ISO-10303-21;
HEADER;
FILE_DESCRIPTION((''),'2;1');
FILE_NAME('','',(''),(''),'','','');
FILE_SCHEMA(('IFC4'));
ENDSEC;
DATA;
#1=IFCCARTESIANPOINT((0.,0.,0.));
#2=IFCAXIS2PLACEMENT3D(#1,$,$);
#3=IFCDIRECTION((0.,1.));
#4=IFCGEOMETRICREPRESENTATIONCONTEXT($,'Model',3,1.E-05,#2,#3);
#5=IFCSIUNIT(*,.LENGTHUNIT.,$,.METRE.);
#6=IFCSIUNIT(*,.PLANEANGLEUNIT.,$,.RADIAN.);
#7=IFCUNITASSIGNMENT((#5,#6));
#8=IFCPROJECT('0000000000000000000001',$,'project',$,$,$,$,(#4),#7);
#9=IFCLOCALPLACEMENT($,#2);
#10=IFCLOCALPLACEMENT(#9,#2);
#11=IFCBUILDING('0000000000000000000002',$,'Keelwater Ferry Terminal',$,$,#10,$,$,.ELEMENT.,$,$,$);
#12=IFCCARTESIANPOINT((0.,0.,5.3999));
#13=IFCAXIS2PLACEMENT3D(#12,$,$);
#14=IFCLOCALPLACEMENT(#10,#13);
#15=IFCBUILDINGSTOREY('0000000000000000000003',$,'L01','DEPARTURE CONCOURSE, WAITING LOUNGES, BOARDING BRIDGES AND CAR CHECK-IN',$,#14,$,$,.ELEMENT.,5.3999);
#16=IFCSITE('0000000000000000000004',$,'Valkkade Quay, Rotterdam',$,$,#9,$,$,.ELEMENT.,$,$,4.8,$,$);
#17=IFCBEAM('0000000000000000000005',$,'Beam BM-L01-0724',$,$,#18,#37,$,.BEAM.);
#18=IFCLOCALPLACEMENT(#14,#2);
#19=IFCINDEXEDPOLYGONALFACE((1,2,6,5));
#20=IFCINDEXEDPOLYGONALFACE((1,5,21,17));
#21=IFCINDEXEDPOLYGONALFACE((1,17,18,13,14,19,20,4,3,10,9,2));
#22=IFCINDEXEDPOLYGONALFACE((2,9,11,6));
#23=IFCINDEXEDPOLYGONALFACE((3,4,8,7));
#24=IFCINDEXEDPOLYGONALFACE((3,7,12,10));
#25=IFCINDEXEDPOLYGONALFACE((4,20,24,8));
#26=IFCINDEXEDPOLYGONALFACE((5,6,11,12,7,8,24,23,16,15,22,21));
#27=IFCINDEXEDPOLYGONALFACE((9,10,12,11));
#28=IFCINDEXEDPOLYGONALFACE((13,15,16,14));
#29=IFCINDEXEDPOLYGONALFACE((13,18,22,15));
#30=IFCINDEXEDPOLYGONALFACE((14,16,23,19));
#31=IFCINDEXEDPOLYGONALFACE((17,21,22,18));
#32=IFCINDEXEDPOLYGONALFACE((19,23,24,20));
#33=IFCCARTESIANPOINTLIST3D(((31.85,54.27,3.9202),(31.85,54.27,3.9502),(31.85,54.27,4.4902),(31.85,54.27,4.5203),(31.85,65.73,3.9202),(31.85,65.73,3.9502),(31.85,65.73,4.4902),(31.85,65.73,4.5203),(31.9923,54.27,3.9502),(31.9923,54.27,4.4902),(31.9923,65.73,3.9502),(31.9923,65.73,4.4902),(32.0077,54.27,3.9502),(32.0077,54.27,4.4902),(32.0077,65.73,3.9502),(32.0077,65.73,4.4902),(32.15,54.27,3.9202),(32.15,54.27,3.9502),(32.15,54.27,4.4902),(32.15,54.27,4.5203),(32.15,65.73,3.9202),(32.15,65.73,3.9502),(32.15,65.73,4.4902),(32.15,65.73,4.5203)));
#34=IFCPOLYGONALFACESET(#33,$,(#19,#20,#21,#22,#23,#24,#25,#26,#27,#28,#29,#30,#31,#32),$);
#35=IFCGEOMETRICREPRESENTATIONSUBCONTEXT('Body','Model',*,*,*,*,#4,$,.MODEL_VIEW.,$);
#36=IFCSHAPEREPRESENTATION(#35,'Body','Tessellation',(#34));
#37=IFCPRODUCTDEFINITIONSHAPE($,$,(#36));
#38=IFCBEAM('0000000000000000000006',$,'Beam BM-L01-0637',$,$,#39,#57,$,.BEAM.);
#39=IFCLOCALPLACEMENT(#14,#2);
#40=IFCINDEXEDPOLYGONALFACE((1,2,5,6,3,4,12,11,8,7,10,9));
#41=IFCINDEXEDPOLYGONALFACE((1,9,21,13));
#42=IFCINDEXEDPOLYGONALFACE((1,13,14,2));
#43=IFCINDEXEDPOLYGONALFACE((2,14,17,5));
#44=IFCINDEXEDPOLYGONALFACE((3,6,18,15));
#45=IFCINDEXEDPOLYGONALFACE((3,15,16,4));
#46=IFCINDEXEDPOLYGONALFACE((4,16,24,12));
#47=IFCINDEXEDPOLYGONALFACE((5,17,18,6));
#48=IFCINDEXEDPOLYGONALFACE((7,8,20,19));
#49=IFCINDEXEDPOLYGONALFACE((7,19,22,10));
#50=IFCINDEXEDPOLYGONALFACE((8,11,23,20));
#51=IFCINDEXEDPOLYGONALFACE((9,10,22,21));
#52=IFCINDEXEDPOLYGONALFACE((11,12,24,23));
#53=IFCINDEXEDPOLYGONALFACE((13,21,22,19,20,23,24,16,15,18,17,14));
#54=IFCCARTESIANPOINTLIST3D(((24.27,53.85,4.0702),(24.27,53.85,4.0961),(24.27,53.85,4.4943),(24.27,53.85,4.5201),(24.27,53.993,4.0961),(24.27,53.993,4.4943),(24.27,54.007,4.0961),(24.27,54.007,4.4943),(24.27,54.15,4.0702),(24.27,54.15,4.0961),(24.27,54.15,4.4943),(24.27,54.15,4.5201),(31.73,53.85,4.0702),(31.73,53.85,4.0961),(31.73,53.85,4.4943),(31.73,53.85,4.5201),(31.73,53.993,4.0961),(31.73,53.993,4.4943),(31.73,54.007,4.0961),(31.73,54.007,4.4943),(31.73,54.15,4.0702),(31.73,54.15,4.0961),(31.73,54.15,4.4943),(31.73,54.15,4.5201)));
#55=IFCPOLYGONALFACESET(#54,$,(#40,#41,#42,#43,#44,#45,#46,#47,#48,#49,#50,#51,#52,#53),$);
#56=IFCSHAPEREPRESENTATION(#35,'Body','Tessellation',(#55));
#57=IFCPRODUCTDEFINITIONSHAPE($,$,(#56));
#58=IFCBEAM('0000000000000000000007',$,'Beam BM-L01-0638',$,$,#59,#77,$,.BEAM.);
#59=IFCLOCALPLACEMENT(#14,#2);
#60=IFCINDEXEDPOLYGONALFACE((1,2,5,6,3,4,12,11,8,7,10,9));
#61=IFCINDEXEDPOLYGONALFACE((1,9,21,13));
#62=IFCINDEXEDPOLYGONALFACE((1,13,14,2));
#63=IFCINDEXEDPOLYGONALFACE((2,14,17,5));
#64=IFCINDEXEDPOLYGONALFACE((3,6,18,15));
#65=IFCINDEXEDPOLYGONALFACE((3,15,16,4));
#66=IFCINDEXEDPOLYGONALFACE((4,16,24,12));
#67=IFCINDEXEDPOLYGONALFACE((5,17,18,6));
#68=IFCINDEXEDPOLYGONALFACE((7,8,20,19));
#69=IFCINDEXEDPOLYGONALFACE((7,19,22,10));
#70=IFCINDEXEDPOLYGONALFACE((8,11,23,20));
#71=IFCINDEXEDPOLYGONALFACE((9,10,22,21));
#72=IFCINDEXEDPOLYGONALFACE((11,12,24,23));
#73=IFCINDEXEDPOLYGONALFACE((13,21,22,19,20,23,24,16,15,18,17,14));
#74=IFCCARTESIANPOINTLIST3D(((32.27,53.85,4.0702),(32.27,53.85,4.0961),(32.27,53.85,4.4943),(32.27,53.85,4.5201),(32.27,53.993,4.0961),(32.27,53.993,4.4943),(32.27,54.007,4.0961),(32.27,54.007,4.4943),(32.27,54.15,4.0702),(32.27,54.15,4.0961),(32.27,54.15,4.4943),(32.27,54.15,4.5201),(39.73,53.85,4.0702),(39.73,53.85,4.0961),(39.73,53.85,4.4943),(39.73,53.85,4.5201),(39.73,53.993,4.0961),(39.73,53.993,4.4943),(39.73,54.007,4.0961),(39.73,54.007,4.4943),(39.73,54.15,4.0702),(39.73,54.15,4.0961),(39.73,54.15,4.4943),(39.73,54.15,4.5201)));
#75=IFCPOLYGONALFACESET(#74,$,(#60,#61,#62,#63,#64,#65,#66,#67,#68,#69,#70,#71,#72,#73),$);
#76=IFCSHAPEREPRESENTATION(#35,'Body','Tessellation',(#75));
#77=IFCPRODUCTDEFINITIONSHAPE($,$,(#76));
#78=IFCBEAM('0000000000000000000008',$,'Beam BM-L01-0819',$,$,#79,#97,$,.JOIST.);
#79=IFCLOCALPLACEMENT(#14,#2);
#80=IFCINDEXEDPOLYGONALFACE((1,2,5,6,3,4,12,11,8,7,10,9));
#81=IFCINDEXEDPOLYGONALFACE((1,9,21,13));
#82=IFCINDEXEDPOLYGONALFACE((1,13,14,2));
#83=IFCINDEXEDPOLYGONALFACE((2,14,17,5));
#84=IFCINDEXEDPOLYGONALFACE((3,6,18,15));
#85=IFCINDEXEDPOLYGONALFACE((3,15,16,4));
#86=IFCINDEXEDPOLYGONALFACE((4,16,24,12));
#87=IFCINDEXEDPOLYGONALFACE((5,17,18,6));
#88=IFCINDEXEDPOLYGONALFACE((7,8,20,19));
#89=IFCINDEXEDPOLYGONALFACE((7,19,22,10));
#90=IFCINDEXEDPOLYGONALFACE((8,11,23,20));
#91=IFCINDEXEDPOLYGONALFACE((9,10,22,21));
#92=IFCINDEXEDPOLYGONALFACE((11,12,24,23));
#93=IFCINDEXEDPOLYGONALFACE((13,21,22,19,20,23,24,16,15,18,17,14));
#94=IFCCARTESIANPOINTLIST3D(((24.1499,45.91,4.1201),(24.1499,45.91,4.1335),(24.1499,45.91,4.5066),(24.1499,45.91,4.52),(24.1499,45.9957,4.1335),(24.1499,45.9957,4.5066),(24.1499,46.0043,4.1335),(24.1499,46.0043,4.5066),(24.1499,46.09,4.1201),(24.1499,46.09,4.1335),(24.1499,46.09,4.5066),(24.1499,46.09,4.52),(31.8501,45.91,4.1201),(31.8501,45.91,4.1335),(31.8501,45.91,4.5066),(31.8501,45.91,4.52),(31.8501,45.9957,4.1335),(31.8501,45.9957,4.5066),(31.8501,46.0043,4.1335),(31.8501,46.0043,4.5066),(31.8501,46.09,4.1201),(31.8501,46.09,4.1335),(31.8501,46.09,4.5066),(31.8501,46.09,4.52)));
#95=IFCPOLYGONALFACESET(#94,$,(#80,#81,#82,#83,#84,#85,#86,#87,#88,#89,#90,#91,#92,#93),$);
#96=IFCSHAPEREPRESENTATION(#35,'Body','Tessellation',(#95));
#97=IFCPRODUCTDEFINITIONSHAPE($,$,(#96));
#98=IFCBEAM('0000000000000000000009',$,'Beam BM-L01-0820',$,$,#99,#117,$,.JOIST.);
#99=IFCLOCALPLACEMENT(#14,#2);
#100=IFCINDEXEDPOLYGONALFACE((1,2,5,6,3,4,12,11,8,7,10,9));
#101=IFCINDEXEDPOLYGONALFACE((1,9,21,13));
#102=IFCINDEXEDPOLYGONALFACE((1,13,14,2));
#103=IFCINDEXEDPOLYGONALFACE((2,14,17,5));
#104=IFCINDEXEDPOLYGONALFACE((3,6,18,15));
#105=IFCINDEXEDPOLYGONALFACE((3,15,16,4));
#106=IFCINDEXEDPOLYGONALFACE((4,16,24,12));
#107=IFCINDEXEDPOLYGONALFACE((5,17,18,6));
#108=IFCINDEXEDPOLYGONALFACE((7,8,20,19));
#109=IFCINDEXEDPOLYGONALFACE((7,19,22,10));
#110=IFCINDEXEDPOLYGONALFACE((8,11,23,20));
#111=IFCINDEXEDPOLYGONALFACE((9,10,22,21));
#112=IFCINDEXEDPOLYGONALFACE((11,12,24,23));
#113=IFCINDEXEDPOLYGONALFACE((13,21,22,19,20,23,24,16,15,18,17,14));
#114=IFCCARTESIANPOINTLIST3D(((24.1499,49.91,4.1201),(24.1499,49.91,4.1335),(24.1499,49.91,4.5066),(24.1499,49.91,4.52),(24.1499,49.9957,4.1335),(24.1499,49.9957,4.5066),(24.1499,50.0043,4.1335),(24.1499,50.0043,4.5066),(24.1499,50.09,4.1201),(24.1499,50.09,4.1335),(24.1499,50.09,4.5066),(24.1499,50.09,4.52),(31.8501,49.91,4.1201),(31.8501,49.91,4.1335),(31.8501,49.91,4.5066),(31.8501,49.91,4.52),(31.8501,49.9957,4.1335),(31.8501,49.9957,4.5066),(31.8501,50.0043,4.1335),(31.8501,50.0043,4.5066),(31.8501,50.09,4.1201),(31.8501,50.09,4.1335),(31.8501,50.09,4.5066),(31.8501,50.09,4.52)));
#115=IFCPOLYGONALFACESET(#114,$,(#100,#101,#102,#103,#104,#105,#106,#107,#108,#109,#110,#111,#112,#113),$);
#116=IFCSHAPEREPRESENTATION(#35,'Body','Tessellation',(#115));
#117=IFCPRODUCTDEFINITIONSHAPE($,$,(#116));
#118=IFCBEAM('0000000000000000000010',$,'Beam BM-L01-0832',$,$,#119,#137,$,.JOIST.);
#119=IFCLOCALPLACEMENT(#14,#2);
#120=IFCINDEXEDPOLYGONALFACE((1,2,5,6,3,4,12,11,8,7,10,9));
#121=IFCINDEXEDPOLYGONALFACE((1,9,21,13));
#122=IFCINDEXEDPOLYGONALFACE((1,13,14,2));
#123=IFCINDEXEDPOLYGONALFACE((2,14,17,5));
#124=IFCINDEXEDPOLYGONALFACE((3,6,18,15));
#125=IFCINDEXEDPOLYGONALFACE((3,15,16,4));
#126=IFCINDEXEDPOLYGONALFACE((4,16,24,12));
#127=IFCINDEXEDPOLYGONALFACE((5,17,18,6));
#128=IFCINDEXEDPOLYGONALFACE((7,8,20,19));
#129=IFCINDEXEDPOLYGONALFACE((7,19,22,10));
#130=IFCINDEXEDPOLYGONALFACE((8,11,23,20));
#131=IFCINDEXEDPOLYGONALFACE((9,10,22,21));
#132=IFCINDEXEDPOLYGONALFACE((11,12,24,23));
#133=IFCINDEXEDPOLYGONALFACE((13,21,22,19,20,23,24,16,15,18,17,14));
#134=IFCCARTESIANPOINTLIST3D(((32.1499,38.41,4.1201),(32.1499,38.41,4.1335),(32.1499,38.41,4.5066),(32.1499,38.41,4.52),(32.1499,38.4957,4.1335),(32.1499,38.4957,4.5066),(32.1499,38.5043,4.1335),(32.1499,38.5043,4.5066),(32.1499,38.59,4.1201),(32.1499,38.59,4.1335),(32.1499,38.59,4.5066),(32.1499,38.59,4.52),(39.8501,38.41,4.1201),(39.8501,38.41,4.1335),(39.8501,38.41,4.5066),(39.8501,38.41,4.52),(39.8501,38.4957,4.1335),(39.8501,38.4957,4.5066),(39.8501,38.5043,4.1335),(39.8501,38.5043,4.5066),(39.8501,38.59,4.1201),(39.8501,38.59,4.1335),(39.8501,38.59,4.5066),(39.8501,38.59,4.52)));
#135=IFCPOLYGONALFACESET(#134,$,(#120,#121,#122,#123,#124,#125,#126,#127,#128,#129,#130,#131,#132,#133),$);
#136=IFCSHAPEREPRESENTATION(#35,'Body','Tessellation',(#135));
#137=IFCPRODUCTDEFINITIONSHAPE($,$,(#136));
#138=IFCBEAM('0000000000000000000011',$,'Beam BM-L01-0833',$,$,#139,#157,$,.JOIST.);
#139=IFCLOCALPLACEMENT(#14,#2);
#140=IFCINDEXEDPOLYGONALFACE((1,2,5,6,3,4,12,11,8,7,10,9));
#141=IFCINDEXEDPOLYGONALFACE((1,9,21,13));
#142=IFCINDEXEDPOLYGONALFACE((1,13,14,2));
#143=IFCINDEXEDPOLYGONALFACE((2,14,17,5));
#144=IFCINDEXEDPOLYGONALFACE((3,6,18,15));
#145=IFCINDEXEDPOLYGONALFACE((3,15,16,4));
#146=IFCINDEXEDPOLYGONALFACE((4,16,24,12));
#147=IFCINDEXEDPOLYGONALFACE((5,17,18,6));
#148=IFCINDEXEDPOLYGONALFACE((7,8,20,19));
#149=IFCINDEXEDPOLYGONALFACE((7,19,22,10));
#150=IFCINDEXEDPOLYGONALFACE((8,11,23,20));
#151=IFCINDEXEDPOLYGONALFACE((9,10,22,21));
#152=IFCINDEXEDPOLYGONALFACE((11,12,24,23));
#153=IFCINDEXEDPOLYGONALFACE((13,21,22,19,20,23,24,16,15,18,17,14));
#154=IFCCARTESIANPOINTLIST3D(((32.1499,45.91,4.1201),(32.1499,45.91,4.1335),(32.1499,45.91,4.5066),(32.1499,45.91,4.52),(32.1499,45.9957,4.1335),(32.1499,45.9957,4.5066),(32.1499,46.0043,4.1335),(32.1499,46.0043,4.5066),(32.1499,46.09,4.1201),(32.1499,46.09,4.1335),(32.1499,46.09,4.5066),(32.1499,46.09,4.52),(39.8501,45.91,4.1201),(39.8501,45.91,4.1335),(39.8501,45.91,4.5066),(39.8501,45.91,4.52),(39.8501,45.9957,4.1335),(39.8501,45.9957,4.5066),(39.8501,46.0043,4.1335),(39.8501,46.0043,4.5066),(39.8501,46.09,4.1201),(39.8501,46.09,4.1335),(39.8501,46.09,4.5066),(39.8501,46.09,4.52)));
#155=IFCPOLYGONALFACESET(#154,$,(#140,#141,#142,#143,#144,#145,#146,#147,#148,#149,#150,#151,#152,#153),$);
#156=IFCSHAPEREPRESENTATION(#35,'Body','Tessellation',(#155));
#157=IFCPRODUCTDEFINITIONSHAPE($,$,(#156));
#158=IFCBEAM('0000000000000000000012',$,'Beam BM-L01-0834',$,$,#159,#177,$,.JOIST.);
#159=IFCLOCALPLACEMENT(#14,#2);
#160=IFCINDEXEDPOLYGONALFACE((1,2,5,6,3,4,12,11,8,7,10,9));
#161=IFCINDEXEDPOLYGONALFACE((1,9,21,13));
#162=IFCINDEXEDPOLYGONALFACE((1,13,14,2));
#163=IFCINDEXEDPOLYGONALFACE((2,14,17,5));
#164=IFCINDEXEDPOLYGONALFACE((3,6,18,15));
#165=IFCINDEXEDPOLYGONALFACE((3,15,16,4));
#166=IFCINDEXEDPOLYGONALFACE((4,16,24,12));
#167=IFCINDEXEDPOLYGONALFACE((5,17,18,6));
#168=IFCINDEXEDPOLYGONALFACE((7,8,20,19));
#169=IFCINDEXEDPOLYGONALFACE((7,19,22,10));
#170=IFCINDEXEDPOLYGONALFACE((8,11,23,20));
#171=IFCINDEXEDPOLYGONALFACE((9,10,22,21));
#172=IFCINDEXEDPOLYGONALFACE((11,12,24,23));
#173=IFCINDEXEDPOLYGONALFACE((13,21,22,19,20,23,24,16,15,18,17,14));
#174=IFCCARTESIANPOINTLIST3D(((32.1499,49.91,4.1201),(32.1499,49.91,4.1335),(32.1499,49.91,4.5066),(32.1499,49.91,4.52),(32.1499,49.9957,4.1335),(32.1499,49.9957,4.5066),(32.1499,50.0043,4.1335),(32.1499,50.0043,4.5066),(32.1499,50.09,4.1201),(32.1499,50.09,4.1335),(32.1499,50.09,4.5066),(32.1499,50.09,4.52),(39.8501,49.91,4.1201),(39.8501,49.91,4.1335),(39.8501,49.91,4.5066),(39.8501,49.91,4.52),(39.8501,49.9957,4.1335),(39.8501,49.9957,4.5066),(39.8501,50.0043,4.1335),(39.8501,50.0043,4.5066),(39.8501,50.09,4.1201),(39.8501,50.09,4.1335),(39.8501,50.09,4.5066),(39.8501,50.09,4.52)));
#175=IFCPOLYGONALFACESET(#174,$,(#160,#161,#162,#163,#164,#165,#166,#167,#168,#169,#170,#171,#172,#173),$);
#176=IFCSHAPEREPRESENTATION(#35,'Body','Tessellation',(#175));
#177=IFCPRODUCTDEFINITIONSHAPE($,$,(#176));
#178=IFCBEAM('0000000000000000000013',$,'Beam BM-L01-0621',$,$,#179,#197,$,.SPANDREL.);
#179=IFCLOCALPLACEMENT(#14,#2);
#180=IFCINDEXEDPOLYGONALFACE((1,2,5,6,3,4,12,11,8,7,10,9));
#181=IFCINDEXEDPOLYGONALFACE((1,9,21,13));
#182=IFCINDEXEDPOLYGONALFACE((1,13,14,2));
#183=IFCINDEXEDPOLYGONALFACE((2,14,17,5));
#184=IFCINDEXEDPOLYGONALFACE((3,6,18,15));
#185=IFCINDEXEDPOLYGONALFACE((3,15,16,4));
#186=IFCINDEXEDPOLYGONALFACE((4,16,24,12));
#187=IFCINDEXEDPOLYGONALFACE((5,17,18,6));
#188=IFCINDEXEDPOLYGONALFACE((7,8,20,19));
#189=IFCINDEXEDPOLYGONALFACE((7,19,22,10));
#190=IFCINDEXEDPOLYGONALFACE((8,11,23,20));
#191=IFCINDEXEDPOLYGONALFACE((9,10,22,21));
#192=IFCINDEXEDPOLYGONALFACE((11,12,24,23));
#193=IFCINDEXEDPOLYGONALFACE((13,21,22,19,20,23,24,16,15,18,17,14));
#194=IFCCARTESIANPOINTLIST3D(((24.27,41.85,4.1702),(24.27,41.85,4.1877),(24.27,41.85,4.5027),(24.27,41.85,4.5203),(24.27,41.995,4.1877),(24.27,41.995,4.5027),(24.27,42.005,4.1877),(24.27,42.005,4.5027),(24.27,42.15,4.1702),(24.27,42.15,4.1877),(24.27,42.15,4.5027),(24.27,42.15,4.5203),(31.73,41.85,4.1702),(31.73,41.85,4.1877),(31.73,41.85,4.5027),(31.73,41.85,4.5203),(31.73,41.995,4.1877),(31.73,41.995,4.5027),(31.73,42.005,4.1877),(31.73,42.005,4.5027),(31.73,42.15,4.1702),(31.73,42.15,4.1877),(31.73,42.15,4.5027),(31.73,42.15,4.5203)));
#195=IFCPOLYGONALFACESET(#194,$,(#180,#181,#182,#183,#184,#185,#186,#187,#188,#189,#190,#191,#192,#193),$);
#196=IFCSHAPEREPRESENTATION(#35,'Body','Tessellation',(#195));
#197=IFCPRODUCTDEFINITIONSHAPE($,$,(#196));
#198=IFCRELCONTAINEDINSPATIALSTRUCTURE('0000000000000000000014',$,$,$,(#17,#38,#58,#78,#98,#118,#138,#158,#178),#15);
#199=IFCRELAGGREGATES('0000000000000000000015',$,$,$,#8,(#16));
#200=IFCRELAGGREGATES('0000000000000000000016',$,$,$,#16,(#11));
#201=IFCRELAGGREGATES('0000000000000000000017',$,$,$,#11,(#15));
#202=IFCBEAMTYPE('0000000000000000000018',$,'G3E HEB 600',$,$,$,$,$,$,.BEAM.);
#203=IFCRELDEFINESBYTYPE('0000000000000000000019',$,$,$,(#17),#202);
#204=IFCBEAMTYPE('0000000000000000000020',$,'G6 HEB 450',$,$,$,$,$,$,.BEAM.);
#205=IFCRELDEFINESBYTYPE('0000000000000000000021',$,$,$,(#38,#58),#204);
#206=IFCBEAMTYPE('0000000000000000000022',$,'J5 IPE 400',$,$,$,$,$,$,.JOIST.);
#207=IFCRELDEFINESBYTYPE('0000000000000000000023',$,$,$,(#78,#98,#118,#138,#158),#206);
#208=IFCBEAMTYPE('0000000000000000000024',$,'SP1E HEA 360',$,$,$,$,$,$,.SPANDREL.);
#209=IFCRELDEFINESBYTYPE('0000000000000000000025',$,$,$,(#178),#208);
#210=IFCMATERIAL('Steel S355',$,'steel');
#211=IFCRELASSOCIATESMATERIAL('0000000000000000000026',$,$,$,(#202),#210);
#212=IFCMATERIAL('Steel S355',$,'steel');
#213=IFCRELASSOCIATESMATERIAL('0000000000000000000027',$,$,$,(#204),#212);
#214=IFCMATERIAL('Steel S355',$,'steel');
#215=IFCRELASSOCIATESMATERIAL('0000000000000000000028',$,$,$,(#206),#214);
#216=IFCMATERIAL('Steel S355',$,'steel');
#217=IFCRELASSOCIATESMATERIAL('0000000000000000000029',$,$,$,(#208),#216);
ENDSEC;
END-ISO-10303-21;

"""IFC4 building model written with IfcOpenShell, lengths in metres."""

from ifc_helpers import new_model, si_unit, direction, frame, origin, origin_2d, place, context, subcontext, project, spatial, i_section, extrude, material, material_profile, profile_set, type_object, element, save


model = new_model("IFC4")

# Units and contexts
model_context = context("Model", 3, precision=1e-05, world=origin(), true_north=direction((0.0, 1.0)))
body_context = subcontext(model_context, "Body", "Model", "MODEL_VIEW")
ifc_project = project(units=[si_unit("LENGTHUNIT", "METRE"), si_unit("PLANEANGLEUNIT", "RADIAN")], contexts=[model_context])

# Site, building, storey
site_placement = place(None, origin())
site = spatial("IfcSite", under=ifc_project, at=site_placement, Name="Valkkade Quay, Rotterdam", CompositionType="ELEMENT", RefElevation=4.8)
building_placement = place(site_placement, origin())
building = spatial("IfcBuilding", under=site, at=building_placement, Name="Keelwater Ferry Terminal", CompositionType="ELEMENT")
storey_placement = place(building_placement, frame((0.0, 0.0, 5.3999)))
storey = spatial("IfcBuildingStorey", under=building, at=storey_placement, Name="L01", Description="DEPARTURE CONCOURSE, WAITING LOUNGES, BOARDING BRIDGES AND CAR CHECK-IN", CompositionType="ELEMENT", Elevation=5.3999)

# Beams
ifc_material_1 = material(Name="Steel S355", Category="steel")
ifc_material_profile_1 = material_profile(ifc_material_1, i_section(OverallWidth=0.3, OverallDepth=0.6001, WebThickness=0.0154, FlangeThickness=0.03, at=origin_2d()), Name="HEB 600")
ifc_profile_set_1 = profile_set([ifc_material_profile_1], Name="Steel S355")
beam_type_1 = type_object("IfcBeamType", Name="G3E HEB 600", PredefinedType="BEAM", material=ifc_profile_set_1)
for number, where, z_axis, x_axis, name in (
    (1, (32.0, 54.27, 4.2202), (0.0, 1.0, 0.0), (-1.0, 0.0, 0.0), "Beam BM-L01-0724"),
):
    element("IfcBeam", number, at=place(storey_placement, frame(where, z_axis=z_axis, x_axis=x_axis)), inside=storey, type_object=beam_type_1, Name=name, PredefinedType="BEAM", context=body_context, shape_type="SweptSolid", body=[
        extrude(i_section(OverallWidth=0.3, OverallDepth=0.6001, WebThickness=0.0154, FlangeThickness=0.03, at=origin_2d()), origin(), (0.0, 0.0, 1.0), 11.46),
    ])
ifc_material_2 = material(Name="Steel S355", Category="steel")
ifc_material_profile_2 = material_profile(ifc_material_2, i_section(OverallWidth=0.3, OverallDepth=0.45, WebThickness=0.0139, FlangeThickness=0.0259, at=origin_2d()), Name="HEB 450")
ifc_profile_set_2 = profile_set([ifc_material_profile_2], Name="Steel S355")
beam_type_2 = type_object("IfcBeamType", Name="G6 HEB 450", PredefinedType="BEAM", material=ifc_profile_set_2)
for number, where, z_axis, x_axis, name in (
    (2, (24.27, 54.0, 4.2952), (1.0, 0.0, 0.0), (0.0, 1.0, 0.0), "Beam BM-L01-0637"),
    (3, (32.27, 54.0, 4.2952), (1.0, 0.0, 0.0), (0.0, 1.0, 0.0), "Beam BM-L01-0638"),
):
    element("IfcBeam", number, at=place(storey_placement, frame(where, z_axis=z_axis, x_axis=x_axis)), inside=storey, type_object=beam_type_2, Name=name, PredefinedType="BEAM", context=body_context, shape_type="SweptSolid", body=[
        extrude(i_section(OverallWidth=0.3, OverallDepth=0.45, WebThickness=0.0139, FlangeThickness=0.0259, at=origin_2d()), origin(), (0.0, 0.0, 1.0), 7.46),
    ])
ifc_material_3 = material(Name="Steel S355", Category="steel")
ifc_material_profile_3 = material_profile(ifc_material_3, i_section(OverallWidth=0.1799, OverallDepth=0.3999, WebThickness=0.0085, FlangeThickness=0.0134, at=origin_2d()), Name="IPE 400")
ifc_profile_set_3 = profile_set([ifc_material_profile_3], Name="Steel S355")
beam_type_3 = type_object("IfcBeamType", Name="J5 IPE 400", PredefinedType="JOIST", material=ifc_profile_set_3)
for number, where, z_axis, x_axis, name in (
    (4, (24.1499, 46.0, 4.3201), (1.0, 0.0, 0.0), (0.0, 1.0, 0.0), "Beam BM-L01-0819"),
    (5, (24.1499, 50.0, 4.3201), (1.0, 0.0, 0.0), (0.0, 1.0, 0.0), "Beam BM-L01-0820"),
    (6, (32.1499, 38.5, 4.3201), (1.0, 0.0, 0.0), (0.0, 1.0, 0.0), "Beam BM-L01-0832"),
    (7, (32.1499, 46.0, 4.3201), (1.0, 0.0, 0.0), (0.0, 1.0, 0.0), "Beam BM-L01-0833"),
    (8, (32.1499, 50.0, 4.3201), (1.0, 0.0, 0.0), (0.0, 1.0, 0.0), "Beam BM-L01-0834"),
):
    element("IfcBeam", number, at=place(storey_placement, frame(where, z_axis=z_axis, x_axis=x_axis)), inside=storey, type_object=beam_type_3, Name=name, PredefinedType="JOIST", context=body_context, shape_type="SweptSolid", body=[
        extrude(i_section(OverallWidth=0.1799, OverallDepth=0.3999, WebThickness=0.0085, FlangeThickness=0.0134, at=origin_2d()), origin(), (0.0, 0.0, 1.0), 7.7002),
    ])
ifc_material_4 = material(Name="Steel S355", Category="steel")
ifc_material_profile_4 = material_profile(ifc_material_4, i_section(OverallWidth=0.3, OverallDepth=0.3501, WebThickness=0.01, FlangeThickness=0.0176, at=origin_2d()), Name="HEA 360")
ifc_profile_set_4 = profile_set([ifc_material_profile_4], Name="Steel S355")
beam_type_4 = type_object("IfcBeamType", Name="SP1E HEA 360", PredefinedType="SPANDREL", material=ifc_profile_set_4)
for number, where, z_axis, x_axis, name in (
    (9, (24.27, 42.0, 4.3452), (1.0, 0.0, 0.0), (0.0, 1.0, 0.0), "Beam BM-L01-0621"),
):
    element("IfcBeam", number, at=place(storey_placement, frame(where, z_axis=z_axis, x_axis=x_axis)), inside=storey, type_object=beam_type_4, Name=name, PredefinedType="SPANDREL", context=body_context, shape_type="SweptSolid", body=[
        extrude(i_section(OverallWidth=0.3, OverallDepth=0.3501, WebThickness=0.01, FlangeThickness=0.0176, at=origin_2d()), origin(), (0.0, 0.0, 1.0), 7.46),
    ])

save(model, "model.ifc")
